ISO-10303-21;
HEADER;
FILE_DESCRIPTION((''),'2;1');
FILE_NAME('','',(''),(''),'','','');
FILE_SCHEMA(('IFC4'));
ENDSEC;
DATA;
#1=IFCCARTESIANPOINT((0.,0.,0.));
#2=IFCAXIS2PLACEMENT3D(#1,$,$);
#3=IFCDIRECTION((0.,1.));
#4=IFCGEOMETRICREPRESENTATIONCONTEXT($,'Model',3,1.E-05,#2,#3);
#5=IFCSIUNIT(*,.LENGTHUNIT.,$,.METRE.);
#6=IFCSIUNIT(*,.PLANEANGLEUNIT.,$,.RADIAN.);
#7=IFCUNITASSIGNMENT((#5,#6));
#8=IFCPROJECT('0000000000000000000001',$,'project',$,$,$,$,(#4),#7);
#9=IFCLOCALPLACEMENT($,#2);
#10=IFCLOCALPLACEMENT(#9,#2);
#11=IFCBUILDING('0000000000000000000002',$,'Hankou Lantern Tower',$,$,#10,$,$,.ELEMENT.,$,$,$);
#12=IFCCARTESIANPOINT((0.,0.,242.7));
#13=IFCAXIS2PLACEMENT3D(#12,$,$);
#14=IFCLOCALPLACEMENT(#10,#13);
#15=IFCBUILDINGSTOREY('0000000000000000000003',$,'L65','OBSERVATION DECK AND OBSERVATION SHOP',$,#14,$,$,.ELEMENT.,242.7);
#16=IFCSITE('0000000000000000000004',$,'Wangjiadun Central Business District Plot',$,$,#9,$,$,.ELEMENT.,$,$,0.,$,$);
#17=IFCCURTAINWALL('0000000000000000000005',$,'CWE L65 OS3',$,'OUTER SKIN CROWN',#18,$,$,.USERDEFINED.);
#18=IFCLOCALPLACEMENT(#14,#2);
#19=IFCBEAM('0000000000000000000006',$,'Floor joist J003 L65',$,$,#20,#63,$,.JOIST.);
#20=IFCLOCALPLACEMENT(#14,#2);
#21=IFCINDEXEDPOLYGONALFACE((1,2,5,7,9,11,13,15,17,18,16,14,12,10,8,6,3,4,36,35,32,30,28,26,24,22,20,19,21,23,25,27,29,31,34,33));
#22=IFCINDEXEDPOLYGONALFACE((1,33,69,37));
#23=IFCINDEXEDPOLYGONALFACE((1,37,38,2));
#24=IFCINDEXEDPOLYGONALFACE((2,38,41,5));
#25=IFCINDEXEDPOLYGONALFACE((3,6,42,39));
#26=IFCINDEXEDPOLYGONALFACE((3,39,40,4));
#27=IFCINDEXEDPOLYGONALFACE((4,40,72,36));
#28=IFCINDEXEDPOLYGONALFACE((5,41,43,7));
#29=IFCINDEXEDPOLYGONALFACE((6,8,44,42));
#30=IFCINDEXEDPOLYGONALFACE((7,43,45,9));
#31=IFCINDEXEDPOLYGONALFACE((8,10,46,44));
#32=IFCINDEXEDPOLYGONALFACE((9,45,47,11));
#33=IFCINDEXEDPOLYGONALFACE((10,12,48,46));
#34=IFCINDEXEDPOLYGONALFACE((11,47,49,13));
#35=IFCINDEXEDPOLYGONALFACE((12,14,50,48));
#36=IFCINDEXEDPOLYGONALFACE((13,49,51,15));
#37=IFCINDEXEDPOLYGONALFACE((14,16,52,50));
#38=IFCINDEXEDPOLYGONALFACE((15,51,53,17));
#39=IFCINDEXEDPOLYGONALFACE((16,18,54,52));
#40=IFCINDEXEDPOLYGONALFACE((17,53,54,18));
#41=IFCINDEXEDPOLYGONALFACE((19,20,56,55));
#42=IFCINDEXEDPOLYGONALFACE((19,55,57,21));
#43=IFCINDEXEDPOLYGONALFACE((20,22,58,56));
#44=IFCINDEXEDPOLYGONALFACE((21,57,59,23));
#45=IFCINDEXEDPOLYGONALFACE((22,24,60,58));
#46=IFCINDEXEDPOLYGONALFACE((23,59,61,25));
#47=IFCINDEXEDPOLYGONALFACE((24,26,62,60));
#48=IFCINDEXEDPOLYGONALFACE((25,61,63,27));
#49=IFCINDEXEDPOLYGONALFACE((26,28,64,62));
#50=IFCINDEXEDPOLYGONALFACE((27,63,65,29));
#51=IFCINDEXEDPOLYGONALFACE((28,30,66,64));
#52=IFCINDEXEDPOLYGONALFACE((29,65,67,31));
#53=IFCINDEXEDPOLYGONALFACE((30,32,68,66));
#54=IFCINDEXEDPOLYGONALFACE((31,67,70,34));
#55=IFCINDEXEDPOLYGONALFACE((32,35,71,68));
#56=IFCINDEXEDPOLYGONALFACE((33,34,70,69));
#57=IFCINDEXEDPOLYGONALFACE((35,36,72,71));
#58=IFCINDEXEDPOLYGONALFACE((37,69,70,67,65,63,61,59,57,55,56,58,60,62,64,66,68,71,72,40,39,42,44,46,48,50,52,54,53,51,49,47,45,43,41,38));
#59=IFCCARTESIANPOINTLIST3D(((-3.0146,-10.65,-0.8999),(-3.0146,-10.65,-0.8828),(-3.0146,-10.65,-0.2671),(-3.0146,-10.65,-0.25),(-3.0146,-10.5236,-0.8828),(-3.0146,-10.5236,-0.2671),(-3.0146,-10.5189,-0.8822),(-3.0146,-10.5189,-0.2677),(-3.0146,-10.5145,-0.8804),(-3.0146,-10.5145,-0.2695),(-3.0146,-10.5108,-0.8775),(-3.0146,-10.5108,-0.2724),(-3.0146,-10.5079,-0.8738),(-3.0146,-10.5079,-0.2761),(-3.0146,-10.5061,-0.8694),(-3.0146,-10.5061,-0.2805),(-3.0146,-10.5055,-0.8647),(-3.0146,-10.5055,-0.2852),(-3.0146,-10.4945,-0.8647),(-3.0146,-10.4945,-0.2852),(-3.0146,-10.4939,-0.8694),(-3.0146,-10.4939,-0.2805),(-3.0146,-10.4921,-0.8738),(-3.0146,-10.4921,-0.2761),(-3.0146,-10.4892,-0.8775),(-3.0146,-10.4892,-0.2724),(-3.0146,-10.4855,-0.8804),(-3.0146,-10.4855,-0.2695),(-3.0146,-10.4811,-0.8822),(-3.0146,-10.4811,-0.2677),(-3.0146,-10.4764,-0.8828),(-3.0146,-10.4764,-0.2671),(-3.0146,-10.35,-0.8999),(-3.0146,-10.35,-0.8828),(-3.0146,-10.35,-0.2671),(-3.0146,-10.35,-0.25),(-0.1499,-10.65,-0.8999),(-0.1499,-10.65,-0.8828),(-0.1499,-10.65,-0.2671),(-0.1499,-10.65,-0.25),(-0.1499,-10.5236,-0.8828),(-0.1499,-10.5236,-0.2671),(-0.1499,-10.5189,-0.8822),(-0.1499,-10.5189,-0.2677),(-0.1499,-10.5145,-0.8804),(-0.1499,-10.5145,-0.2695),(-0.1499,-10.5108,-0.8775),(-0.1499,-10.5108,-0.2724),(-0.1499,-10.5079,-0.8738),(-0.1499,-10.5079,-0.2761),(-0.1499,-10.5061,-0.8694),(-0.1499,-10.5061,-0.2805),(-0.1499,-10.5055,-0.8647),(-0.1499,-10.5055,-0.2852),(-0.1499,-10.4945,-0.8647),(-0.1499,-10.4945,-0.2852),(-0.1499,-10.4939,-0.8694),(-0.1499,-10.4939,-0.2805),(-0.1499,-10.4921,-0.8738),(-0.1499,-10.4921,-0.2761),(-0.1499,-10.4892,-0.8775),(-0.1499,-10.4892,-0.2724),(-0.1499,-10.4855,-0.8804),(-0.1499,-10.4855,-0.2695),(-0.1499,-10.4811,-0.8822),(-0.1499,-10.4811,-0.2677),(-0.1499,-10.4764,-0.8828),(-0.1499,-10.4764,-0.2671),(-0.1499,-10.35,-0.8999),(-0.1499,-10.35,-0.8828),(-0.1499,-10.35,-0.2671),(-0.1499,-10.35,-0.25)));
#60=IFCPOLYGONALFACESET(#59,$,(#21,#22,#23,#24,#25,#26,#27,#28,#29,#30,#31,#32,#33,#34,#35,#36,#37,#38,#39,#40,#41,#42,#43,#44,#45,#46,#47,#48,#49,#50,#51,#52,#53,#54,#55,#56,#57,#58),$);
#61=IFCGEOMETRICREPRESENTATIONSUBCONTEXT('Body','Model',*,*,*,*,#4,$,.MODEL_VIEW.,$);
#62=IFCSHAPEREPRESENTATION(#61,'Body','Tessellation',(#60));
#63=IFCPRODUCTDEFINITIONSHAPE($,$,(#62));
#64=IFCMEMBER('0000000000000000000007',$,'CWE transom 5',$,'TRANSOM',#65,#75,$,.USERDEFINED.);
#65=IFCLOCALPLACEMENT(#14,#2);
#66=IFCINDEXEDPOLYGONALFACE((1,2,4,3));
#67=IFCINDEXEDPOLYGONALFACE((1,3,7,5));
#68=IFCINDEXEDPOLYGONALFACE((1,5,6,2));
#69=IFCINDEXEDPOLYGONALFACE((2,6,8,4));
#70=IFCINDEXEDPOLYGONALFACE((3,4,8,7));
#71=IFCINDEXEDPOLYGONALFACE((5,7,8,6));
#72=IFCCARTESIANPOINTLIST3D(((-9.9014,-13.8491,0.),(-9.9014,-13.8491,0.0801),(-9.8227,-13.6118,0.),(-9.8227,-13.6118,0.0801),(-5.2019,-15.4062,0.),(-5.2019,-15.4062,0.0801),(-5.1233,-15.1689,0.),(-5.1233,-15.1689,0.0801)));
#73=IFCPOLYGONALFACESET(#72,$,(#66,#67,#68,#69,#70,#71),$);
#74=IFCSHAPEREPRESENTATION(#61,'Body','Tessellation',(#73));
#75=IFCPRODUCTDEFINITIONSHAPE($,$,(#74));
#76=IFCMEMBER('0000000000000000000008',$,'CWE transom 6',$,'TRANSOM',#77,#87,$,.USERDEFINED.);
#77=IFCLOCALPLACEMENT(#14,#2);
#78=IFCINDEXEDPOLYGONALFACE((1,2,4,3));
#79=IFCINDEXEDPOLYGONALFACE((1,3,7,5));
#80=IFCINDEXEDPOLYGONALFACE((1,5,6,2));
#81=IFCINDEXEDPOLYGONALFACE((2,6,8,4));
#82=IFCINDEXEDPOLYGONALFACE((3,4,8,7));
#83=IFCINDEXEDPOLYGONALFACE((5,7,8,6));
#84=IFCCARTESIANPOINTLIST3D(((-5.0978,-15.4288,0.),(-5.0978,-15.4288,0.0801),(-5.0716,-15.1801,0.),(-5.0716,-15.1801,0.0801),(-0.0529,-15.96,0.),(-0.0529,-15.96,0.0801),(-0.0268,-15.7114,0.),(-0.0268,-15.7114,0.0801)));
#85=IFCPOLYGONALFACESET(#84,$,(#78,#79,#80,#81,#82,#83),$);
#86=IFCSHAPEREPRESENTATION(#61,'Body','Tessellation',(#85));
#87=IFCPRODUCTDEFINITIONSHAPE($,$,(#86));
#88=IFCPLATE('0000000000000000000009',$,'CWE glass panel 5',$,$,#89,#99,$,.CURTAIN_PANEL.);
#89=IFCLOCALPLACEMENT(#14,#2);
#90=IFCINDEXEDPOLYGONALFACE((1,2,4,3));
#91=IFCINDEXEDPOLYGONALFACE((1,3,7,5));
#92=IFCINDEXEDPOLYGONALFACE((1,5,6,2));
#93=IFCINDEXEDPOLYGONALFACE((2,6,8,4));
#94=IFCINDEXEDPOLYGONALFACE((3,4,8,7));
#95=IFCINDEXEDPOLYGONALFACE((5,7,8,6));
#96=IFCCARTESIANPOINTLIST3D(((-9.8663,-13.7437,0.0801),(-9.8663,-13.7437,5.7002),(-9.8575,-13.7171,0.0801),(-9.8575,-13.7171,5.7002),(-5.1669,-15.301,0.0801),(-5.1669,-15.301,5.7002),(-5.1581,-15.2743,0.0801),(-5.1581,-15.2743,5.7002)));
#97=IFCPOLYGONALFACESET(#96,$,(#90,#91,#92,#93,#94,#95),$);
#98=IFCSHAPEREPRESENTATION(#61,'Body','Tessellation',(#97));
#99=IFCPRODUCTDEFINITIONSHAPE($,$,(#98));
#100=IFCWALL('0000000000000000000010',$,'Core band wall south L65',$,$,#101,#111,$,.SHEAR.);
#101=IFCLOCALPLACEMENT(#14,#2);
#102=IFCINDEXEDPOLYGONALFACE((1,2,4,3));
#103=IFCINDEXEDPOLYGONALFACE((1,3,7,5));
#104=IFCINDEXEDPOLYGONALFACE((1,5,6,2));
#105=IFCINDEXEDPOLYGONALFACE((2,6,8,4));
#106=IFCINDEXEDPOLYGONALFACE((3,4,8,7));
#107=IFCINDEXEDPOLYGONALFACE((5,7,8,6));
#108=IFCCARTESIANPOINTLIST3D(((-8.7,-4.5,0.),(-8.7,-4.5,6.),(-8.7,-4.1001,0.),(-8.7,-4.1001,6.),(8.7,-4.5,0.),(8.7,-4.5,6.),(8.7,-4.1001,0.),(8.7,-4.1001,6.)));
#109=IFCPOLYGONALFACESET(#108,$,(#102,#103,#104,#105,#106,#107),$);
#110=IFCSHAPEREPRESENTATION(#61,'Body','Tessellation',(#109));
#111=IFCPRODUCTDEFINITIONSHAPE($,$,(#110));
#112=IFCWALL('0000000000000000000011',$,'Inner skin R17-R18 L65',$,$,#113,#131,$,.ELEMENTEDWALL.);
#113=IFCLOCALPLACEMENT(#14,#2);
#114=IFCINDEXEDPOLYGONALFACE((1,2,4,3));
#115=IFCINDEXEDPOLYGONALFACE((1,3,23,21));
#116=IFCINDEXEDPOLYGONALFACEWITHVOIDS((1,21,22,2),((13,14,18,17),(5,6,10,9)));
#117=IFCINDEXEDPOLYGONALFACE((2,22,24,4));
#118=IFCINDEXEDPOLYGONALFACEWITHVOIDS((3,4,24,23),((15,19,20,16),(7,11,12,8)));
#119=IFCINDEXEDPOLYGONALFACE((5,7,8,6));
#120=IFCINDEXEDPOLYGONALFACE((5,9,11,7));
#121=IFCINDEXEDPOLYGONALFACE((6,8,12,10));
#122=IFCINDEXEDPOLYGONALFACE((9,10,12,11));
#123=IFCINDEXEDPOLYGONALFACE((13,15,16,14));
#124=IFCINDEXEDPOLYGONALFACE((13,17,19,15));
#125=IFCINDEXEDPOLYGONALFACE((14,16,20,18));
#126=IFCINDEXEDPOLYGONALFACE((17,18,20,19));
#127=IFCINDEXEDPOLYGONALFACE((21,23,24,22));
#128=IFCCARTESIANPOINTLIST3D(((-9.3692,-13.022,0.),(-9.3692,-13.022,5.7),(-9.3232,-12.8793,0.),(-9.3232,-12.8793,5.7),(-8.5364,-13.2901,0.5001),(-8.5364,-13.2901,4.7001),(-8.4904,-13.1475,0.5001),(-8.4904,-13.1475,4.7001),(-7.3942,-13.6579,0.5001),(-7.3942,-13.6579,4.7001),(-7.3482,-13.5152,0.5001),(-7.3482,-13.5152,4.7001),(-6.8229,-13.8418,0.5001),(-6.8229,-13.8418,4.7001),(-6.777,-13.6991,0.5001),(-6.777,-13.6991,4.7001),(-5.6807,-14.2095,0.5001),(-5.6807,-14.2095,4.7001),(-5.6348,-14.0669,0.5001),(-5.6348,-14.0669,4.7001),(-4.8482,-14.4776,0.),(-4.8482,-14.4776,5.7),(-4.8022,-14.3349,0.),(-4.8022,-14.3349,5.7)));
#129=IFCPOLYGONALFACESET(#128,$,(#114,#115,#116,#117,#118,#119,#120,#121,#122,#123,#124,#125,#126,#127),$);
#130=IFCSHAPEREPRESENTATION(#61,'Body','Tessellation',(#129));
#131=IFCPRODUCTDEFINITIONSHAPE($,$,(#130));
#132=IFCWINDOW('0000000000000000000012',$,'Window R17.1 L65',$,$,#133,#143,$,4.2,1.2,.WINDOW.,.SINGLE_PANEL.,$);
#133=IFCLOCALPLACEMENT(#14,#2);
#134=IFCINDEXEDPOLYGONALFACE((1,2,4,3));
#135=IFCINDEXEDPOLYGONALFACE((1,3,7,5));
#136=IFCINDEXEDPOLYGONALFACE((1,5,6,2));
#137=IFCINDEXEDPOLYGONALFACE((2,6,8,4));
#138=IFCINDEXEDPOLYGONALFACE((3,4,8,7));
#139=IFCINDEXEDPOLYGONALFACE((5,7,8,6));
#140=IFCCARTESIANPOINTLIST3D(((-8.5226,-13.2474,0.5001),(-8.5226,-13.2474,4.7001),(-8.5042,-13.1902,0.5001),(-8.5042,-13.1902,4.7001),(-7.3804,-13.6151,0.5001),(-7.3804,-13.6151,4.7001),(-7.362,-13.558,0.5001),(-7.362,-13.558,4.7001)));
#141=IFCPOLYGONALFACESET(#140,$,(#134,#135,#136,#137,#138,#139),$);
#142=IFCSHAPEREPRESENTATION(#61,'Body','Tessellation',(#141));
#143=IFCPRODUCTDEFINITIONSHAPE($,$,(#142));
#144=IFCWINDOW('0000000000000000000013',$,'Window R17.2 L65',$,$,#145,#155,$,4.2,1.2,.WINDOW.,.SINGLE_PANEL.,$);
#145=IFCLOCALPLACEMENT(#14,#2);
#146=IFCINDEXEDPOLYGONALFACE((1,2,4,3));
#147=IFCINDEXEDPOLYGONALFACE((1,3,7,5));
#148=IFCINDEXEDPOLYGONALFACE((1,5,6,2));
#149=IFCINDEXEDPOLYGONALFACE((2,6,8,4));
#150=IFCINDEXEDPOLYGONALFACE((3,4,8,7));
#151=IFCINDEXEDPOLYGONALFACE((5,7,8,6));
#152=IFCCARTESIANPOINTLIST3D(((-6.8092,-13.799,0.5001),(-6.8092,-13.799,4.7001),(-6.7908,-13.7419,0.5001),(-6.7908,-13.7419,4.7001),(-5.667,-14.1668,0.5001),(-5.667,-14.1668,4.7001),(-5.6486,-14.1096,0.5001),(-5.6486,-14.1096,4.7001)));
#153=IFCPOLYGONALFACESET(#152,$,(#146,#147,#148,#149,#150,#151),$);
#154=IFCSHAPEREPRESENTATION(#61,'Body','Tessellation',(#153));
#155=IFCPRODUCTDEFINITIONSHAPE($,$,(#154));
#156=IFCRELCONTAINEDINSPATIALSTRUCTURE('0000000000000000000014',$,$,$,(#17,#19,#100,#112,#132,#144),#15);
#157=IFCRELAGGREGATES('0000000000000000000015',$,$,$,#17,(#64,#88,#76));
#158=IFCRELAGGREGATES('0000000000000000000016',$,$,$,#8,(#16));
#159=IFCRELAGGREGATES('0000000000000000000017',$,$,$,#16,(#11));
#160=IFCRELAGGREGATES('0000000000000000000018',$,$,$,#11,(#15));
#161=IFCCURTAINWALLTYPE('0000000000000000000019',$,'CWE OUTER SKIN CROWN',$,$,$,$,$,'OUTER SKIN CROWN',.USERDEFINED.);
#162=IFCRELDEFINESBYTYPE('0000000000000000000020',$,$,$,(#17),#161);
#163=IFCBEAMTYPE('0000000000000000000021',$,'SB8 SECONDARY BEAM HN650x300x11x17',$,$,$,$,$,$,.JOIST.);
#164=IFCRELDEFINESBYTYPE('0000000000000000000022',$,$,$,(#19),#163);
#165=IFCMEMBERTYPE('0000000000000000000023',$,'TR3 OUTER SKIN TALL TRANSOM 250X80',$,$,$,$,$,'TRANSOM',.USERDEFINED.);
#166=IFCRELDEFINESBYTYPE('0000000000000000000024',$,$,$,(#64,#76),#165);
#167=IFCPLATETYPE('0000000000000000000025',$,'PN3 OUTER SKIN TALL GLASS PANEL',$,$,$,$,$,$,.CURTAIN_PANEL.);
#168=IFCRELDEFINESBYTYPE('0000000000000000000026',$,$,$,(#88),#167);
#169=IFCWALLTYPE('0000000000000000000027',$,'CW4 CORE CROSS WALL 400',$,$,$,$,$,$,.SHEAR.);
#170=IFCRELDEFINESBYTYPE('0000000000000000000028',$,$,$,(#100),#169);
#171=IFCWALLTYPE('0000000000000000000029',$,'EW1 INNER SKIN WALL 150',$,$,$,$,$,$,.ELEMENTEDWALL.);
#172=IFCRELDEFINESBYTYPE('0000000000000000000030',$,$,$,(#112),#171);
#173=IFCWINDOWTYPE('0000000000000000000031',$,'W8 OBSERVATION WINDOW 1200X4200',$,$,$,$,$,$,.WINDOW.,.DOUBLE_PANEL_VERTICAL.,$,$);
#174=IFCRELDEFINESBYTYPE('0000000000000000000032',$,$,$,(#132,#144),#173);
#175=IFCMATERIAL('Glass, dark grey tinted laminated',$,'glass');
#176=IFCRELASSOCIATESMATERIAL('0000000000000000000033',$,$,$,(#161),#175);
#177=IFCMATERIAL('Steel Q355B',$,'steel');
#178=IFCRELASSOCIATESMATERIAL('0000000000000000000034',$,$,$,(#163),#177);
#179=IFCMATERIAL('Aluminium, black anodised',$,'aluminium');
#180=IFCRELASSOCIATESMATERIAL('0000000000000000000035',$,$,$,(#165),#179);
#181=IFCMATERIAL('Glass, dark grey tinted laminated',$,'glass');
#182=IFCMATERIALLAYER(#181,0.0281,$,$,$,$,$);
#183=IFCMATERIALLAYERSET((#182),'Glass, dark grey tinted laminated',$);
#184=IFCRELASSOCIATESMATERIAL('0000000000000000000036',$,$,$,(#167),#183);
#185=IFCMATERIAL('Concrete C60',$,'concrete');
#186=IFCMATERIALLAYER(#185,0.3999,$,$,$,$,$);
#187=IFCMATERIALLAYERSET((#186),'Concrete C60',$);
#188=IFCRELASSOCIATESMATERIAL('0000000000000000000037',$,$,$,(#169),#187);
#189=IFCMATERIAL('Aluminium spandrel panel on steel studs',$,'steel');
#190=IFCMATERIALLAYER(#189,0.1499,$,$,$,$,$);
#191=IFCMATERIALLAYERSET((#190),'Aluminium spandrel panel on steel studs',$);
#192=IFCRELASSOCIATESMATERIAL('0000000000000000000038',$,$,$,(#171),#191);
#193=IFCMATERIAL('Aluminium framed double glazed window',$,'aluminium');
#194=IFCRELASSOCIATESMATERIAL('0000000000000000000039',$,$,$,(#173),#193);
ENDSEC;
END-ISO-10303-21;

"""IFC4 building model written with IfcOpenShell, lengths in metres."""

from ifc_helpers import new_model, si_unit, direction, frame, frame_2d, origin, origin_2d, place, context, subcontext, project, spatial, rectangle, i_section, extrude, material, layer, layer_set, material_profile, profile_set, type_object, element, fill, aggregate, save


model = new_model("IFC4")

# Units and contexts
model_context = context("Model", 3, precision=1e-05, world=origin(), true_north=direction((0.0, 1.0)))
body_context = subcontext(model_context, "Body", "Model", "MODEL_VIEW")
ifc_project = project(units=[si_unit("LENGTHUNIT", "METRE"), si_unit("PLANEANGLEUNIT", "RADIAN")], contexts=[model_context])

# Site, building, storey
site_placement = place(None, origin())
site = spatial("IfcSite", under=ifc_project, at=site_placement, Name="Wangjiadun Central Business District Plot", CompositionType="ELEMENT", RefElevation=0.0)
building_placement = place(site_placement, origin())
building = spatial("IfcBuilding", under=site, at=building_placement, Name="Hankou Lantern Tower", CompositionType="ELEMENT")
storey_placement = place(building_placement, frame((0.0, 0.0, 242.7)))
storey = spatial("IfcBuildingStorey", under=building, at=storey_placement, Name="L65", Description="OBSERVATION DECK AND OBSERVATION SHOP", CompositionType="ELEMENT", Elevation=242.7)

# Curtain wall
ifc_material_1 = material(Name="Glass, dark grey tinted laminated", Category="glass")
curtain_wall_type = type_object("IfcCurtainWallType", Name="CWE OUTER SKIN CROWN", ElementType="OUTER SKIN CROWN", PredefinedType="USERDEFINED", material=ifc_material_1)
curtain_wall_placement = place(storey_placement, origin())
curtain_wall = element("IfcCurtainWall", 1, at=curtain_wall_placement, inside=storey, type_object=curtain_wall_type, Name="CWE L65 OS3", ObjectType="OUTER SKIN CROWN", PredefinedType="USERDEFINED")

# Beam
ifc_material_2 = material(Name="Steel Q355B", Category="steel")
ifc_material_profile_1 = material_profile(ifc_material_2, i_section(OverallWidth=0.3, OverallDepth=0.6499, WebThickness=0.011, FlangeThickness=0.0171, FilletRadius=0.0181, at=origin_2d()), Name="HN650x300x11x17")
ifc_profile_set_1 = profile_set([ifc_material_profile_1], Name="Steel Q355B")
beam_type_1 = type_object("IfcBeamType", Name="SB8 SECONDARY BEAM HN650x300x11x17", PredefinedType="JOIST", material=ifc_profile_set_1)
beam_1_placement = place(storey_placement, frame((-3.0146, -10.5, -0.575), z_axis=(1.0, 0.0, 0.0), x_axis=(0.0, 1.0, 0.0)))
element("IfcBeam", 2, at=beam_1_placement, inside=storey, type_object=beam_type_1, Name="Floor joist J003 L65", PredefinedType="JOIST", context=body_context, shape_type="SweptSolid", body=[
    extrude(i_section(OverallWidth=0.3, OverallDepth=0.6499, WebThickness=0.011, FlangeThickness=0.0171, FilletRadius=0.0181, at=origin_2d()), origin(), (0.0, 0.0, 1.0), 2.8647),
])

# Members
ifc_material_3 = material(Name="Aluminium, black anodised", Category="aluminium")
ifc_material_profile_2 = material_profile(ifc_material_3, rectangle(XDim=0.25, YDim=0.0801, at=origin_2d()), Name="TR3 250X80")
ifc_profile_set_2 = profile_set([ifc_material_profile_2], Name="Aluminium, black anodised")
member_type_1 = type_object("IfcMemberType", Name="TR3 OUTER SKIN TALL TRANSOM 250X80", ElementType="TRANSOM", PredefinedType="USERDEFINED", material=ifc_profile_set_2)
member_1_placement = place(storey_placement, frame((-9.8621, -13.7305, 0.04), z_axis=(0.949249, -0.314526, 0.0), x_axis=(0.314526, 0.949249, 0.0)))
member_1 = element("IfcMember", 3, at=member_1_placement, type_object=member_type_1, Name="CWE transom 5", ObjectType="TRANSOM", PredefinedType="USERDEFINED", context=body_context, shape_type="SweptSolid", body=[
    extrude(rectangle(XDim=0.25, YDim=0.0801, at=origin_2d()), origin(), (0.0, 0.0, 1.0), 4.9507),
])
member_2_placement = place(storey_placement, frame((-5.0847, -15.3044, 0.04), z_axis=(0.994501, -0.104725, 0.0), x_axis=(0.104725, 0.994501, 0.0)))
member_2 = element("IfcMember", 4, at=member_2_placement, type_object=member_type_1, Name="CWE transom 6", ObjectType="TRANSOM", PredefinedType="USERDEFINED", context=body_context, shape_type="SweptSolid", body=[
    extrude(rectangle(XDim=0.25, YDim=0.0801, at=origin_2d()), origin(), (0.0, 0.0, 1.0), 5.0728),
])

# Plate
ifc_material_4 = material(Name="Glass, dark grey tinted laminated", Category="glass")
ifc_layer_1 = layer(ifc_material_4, 0.0281)
ifc_layer_set_1 = layer_set([ifc_layer_1], Name="Glass, dark grey tinted laminated")
plate_type = type_object("IfcPlateType", Name="PN3 OUTER SKIN TALL GLASS PANEL", PredefinedType="CURTAIN_PANEL", material=ifc_layer_set_1)
plate_placement = place(storey_placement, frame((-7.5122, -14.509, 0.0801), z_axis=(0.0, 0.0, 1.0), x_axis=(0.949241, -0.314551, 0.0)))
plate = element("IfcPlate", 5, at=plate_placement, type_object=plate_type, Name="CWE glass panel 5", PredefinedType="CURTAIN_PANEL", context=body_context, shape_type="SweptSolid", body=[
    extrude(rectangle(XDim=4.9507, YDim=0.0281, at=origin_2d()), origin(), (0.0, 0.0, 1.0), 5.6201),
])
aggregate(curtain_wall, [member_1, plate, member_2])

# Wall
ifc_material_5 = material(Name="Concrete C60", Category="concrete")
ifc_layer_2 = layer(ifc_material_5, 0.3999)
ifc_layer_set_2 = layer_set([ifc_layer_2], Name="Concrete C60")
wall_type_1 = type_object("IfcWallType", Name="CW4 CORE CROSS WALL 400", PredefinedType="SHEAR", material=ifc_layer_set_2)
wall_1_placement = place(storey_placement, frame((-8.7, -4.3, 0.0), z_axis=(0.0, 0.0, 1.0), x_axis=(1.0, 0.0, 0.0)))
element("IfcWall", 6, at=wall_1_placement, inside=storey, type_object=wall_type_1, Name="Core band wall south L65", PredefinedType="SHEAR", context=body_context, shape_type="SweptSolid", body=[
    extrude(rectangle(XDim=17.3999, YDim=0.3999, at=frame_2d((8.7, 0.0))), origin(), (0.0, 0.0, 1.0), 6.0),
])

# Wall, openings, windows
ifc_material_6 = material(Name="Aluminium spandrel panel on steel studs", Category="steel")
ifc_layer_3 = layer(ifc_material_6, 0.1499)
ifc_layer_set_3 = layer_set([ifc_layer_3], Name="Aluminium spandrel panel on steel studs")
wall_type_2 = type_object("IfcWallType", Name="EW1 INNER SKIN WALL 150", PredefinedType="ELEMENTEDWALL", material=ifc_layer_set_3)
wall_2_placement = place(storey_placement, frame((-9.3462, -12.9507, 0.0), z_axis=(0.0, 0.0, 1.0), x_axis=(0.951882, -0.306465, 0.0)))
wall_2 = element("IfcWall", 7, at=wall_2_placement, inside=storey, type_object=wall_type_2, Name="Inner skin R17-R18 L65", PredefinedType="ELEMENTEDWALL", context=body_context, shape_type="SweptSolid", body=[
    extrude(rectangle(XDim=4.7495, YDim=0.1499, at=frame_2d((2.3748, 0.0))), origin(), (0.0, 0.0, 1.0), 5.7),
])
opening_1_placement = place(wall_2_placement, frame((0.8748, 0.0, 0.5)))
opening_1 = element("IfcOpeningElement", 8, at=opening_1_placement, cuts=wall_2, PredefinedType="OPENING", context=body_context, shape_type="SweptSolid", body=[
    extrude(rectangle(XDim=1.2, YDim=4.2, at=frame_2d((0.6001, 2.1001))), frame((0.0, 0.085, 0.0), z_axis=(0.0, -1.0, 0.0), x_axis=(1.0, 0.0, 0.0)), (0.0, 0.0, 1.0), 0.1699),
])
opening_2_placement = place(wall_2_placement, frame((2.6748, 0.0, 0.5)))
opening_2 = element("IfcOpeningElement", 9, at=opening_2_placement, cuts=wall_2, PredefinedType="OPENING", context=body_context, shape_type="SweptSolid", body=[
    extrude(rectangle(XDim=1.2, YDim=4.2, at=frame_2d((0.6001, 2.1001))), frame((0.0, 0.085, 0.0), z_axis=(0.0, -1.0, 0.0), x_axis=(1.0, 0.0, 0.0)), (0.0, 0.0, 1.0), 0.1699),
])
ifc_material_7 = material(Name="Aluminium framed double glazed window", Category="aluminium")
window_type = type_object("IfcWindowType", Name="W8 OBSERVATION WINDOW 1200X4200", PartitioningType="DOUBLE_PANEL_VERTICAL", PredefinedType="WINDOW", material=ifc_material_7)
window_1_placement = place(opening_1_placement, origin())
window_1 = element("IfcWindow", 10, at=window_1_placement, inside=storey, type_object=window_type, Name="Window R17.1 L65", OverallHeight=4.2, OverallWidth=1.2, PartitioningType="SINGLE_PANEL", PredefinedType="WINDOW", context=body_context, shape_type="SweptSolid", body=[
    extrude(rectangle(XDim=1.2, YDim=4.2, at=frame_2d((0.6001, 2.1001))), frame((0.0, 0.03, 0.0), z_axis=(0.0, -1.0, 0.0), x_axis=(1.0, 0.0, 0.0)), (0.0, 0.0, 1.0), 0.0601),
])
fill(opening_1, window_1)
window_2_placement = place(opening_2_placement, origin())
window_2 = element("IfcWindow", 11, at=window_2_placement, inside=storey, type_object=window_type, Name="Window R17.2 L65", OverallHeight=4.2, OverallWidth=1.2, PartitioningType="SINGLE_PANEL", PredefinedType="WINDOW", context=body_context, shape_type="SweptSolid", body=[
    extrude(rectangle(XDim=1.2, YDim=4.2, at=frame_2d((0.6001, 2.1001))), frame((0.0, 0.03, 0.0), z_axis=(0.0, -1.0, 0.0), x_axis=(1.0, 0.0, 0.0)), (0.0, 0.0, 1.0), 0.0601),
])
fill(opening_2, window_2)

save(model, "model.ifc")
